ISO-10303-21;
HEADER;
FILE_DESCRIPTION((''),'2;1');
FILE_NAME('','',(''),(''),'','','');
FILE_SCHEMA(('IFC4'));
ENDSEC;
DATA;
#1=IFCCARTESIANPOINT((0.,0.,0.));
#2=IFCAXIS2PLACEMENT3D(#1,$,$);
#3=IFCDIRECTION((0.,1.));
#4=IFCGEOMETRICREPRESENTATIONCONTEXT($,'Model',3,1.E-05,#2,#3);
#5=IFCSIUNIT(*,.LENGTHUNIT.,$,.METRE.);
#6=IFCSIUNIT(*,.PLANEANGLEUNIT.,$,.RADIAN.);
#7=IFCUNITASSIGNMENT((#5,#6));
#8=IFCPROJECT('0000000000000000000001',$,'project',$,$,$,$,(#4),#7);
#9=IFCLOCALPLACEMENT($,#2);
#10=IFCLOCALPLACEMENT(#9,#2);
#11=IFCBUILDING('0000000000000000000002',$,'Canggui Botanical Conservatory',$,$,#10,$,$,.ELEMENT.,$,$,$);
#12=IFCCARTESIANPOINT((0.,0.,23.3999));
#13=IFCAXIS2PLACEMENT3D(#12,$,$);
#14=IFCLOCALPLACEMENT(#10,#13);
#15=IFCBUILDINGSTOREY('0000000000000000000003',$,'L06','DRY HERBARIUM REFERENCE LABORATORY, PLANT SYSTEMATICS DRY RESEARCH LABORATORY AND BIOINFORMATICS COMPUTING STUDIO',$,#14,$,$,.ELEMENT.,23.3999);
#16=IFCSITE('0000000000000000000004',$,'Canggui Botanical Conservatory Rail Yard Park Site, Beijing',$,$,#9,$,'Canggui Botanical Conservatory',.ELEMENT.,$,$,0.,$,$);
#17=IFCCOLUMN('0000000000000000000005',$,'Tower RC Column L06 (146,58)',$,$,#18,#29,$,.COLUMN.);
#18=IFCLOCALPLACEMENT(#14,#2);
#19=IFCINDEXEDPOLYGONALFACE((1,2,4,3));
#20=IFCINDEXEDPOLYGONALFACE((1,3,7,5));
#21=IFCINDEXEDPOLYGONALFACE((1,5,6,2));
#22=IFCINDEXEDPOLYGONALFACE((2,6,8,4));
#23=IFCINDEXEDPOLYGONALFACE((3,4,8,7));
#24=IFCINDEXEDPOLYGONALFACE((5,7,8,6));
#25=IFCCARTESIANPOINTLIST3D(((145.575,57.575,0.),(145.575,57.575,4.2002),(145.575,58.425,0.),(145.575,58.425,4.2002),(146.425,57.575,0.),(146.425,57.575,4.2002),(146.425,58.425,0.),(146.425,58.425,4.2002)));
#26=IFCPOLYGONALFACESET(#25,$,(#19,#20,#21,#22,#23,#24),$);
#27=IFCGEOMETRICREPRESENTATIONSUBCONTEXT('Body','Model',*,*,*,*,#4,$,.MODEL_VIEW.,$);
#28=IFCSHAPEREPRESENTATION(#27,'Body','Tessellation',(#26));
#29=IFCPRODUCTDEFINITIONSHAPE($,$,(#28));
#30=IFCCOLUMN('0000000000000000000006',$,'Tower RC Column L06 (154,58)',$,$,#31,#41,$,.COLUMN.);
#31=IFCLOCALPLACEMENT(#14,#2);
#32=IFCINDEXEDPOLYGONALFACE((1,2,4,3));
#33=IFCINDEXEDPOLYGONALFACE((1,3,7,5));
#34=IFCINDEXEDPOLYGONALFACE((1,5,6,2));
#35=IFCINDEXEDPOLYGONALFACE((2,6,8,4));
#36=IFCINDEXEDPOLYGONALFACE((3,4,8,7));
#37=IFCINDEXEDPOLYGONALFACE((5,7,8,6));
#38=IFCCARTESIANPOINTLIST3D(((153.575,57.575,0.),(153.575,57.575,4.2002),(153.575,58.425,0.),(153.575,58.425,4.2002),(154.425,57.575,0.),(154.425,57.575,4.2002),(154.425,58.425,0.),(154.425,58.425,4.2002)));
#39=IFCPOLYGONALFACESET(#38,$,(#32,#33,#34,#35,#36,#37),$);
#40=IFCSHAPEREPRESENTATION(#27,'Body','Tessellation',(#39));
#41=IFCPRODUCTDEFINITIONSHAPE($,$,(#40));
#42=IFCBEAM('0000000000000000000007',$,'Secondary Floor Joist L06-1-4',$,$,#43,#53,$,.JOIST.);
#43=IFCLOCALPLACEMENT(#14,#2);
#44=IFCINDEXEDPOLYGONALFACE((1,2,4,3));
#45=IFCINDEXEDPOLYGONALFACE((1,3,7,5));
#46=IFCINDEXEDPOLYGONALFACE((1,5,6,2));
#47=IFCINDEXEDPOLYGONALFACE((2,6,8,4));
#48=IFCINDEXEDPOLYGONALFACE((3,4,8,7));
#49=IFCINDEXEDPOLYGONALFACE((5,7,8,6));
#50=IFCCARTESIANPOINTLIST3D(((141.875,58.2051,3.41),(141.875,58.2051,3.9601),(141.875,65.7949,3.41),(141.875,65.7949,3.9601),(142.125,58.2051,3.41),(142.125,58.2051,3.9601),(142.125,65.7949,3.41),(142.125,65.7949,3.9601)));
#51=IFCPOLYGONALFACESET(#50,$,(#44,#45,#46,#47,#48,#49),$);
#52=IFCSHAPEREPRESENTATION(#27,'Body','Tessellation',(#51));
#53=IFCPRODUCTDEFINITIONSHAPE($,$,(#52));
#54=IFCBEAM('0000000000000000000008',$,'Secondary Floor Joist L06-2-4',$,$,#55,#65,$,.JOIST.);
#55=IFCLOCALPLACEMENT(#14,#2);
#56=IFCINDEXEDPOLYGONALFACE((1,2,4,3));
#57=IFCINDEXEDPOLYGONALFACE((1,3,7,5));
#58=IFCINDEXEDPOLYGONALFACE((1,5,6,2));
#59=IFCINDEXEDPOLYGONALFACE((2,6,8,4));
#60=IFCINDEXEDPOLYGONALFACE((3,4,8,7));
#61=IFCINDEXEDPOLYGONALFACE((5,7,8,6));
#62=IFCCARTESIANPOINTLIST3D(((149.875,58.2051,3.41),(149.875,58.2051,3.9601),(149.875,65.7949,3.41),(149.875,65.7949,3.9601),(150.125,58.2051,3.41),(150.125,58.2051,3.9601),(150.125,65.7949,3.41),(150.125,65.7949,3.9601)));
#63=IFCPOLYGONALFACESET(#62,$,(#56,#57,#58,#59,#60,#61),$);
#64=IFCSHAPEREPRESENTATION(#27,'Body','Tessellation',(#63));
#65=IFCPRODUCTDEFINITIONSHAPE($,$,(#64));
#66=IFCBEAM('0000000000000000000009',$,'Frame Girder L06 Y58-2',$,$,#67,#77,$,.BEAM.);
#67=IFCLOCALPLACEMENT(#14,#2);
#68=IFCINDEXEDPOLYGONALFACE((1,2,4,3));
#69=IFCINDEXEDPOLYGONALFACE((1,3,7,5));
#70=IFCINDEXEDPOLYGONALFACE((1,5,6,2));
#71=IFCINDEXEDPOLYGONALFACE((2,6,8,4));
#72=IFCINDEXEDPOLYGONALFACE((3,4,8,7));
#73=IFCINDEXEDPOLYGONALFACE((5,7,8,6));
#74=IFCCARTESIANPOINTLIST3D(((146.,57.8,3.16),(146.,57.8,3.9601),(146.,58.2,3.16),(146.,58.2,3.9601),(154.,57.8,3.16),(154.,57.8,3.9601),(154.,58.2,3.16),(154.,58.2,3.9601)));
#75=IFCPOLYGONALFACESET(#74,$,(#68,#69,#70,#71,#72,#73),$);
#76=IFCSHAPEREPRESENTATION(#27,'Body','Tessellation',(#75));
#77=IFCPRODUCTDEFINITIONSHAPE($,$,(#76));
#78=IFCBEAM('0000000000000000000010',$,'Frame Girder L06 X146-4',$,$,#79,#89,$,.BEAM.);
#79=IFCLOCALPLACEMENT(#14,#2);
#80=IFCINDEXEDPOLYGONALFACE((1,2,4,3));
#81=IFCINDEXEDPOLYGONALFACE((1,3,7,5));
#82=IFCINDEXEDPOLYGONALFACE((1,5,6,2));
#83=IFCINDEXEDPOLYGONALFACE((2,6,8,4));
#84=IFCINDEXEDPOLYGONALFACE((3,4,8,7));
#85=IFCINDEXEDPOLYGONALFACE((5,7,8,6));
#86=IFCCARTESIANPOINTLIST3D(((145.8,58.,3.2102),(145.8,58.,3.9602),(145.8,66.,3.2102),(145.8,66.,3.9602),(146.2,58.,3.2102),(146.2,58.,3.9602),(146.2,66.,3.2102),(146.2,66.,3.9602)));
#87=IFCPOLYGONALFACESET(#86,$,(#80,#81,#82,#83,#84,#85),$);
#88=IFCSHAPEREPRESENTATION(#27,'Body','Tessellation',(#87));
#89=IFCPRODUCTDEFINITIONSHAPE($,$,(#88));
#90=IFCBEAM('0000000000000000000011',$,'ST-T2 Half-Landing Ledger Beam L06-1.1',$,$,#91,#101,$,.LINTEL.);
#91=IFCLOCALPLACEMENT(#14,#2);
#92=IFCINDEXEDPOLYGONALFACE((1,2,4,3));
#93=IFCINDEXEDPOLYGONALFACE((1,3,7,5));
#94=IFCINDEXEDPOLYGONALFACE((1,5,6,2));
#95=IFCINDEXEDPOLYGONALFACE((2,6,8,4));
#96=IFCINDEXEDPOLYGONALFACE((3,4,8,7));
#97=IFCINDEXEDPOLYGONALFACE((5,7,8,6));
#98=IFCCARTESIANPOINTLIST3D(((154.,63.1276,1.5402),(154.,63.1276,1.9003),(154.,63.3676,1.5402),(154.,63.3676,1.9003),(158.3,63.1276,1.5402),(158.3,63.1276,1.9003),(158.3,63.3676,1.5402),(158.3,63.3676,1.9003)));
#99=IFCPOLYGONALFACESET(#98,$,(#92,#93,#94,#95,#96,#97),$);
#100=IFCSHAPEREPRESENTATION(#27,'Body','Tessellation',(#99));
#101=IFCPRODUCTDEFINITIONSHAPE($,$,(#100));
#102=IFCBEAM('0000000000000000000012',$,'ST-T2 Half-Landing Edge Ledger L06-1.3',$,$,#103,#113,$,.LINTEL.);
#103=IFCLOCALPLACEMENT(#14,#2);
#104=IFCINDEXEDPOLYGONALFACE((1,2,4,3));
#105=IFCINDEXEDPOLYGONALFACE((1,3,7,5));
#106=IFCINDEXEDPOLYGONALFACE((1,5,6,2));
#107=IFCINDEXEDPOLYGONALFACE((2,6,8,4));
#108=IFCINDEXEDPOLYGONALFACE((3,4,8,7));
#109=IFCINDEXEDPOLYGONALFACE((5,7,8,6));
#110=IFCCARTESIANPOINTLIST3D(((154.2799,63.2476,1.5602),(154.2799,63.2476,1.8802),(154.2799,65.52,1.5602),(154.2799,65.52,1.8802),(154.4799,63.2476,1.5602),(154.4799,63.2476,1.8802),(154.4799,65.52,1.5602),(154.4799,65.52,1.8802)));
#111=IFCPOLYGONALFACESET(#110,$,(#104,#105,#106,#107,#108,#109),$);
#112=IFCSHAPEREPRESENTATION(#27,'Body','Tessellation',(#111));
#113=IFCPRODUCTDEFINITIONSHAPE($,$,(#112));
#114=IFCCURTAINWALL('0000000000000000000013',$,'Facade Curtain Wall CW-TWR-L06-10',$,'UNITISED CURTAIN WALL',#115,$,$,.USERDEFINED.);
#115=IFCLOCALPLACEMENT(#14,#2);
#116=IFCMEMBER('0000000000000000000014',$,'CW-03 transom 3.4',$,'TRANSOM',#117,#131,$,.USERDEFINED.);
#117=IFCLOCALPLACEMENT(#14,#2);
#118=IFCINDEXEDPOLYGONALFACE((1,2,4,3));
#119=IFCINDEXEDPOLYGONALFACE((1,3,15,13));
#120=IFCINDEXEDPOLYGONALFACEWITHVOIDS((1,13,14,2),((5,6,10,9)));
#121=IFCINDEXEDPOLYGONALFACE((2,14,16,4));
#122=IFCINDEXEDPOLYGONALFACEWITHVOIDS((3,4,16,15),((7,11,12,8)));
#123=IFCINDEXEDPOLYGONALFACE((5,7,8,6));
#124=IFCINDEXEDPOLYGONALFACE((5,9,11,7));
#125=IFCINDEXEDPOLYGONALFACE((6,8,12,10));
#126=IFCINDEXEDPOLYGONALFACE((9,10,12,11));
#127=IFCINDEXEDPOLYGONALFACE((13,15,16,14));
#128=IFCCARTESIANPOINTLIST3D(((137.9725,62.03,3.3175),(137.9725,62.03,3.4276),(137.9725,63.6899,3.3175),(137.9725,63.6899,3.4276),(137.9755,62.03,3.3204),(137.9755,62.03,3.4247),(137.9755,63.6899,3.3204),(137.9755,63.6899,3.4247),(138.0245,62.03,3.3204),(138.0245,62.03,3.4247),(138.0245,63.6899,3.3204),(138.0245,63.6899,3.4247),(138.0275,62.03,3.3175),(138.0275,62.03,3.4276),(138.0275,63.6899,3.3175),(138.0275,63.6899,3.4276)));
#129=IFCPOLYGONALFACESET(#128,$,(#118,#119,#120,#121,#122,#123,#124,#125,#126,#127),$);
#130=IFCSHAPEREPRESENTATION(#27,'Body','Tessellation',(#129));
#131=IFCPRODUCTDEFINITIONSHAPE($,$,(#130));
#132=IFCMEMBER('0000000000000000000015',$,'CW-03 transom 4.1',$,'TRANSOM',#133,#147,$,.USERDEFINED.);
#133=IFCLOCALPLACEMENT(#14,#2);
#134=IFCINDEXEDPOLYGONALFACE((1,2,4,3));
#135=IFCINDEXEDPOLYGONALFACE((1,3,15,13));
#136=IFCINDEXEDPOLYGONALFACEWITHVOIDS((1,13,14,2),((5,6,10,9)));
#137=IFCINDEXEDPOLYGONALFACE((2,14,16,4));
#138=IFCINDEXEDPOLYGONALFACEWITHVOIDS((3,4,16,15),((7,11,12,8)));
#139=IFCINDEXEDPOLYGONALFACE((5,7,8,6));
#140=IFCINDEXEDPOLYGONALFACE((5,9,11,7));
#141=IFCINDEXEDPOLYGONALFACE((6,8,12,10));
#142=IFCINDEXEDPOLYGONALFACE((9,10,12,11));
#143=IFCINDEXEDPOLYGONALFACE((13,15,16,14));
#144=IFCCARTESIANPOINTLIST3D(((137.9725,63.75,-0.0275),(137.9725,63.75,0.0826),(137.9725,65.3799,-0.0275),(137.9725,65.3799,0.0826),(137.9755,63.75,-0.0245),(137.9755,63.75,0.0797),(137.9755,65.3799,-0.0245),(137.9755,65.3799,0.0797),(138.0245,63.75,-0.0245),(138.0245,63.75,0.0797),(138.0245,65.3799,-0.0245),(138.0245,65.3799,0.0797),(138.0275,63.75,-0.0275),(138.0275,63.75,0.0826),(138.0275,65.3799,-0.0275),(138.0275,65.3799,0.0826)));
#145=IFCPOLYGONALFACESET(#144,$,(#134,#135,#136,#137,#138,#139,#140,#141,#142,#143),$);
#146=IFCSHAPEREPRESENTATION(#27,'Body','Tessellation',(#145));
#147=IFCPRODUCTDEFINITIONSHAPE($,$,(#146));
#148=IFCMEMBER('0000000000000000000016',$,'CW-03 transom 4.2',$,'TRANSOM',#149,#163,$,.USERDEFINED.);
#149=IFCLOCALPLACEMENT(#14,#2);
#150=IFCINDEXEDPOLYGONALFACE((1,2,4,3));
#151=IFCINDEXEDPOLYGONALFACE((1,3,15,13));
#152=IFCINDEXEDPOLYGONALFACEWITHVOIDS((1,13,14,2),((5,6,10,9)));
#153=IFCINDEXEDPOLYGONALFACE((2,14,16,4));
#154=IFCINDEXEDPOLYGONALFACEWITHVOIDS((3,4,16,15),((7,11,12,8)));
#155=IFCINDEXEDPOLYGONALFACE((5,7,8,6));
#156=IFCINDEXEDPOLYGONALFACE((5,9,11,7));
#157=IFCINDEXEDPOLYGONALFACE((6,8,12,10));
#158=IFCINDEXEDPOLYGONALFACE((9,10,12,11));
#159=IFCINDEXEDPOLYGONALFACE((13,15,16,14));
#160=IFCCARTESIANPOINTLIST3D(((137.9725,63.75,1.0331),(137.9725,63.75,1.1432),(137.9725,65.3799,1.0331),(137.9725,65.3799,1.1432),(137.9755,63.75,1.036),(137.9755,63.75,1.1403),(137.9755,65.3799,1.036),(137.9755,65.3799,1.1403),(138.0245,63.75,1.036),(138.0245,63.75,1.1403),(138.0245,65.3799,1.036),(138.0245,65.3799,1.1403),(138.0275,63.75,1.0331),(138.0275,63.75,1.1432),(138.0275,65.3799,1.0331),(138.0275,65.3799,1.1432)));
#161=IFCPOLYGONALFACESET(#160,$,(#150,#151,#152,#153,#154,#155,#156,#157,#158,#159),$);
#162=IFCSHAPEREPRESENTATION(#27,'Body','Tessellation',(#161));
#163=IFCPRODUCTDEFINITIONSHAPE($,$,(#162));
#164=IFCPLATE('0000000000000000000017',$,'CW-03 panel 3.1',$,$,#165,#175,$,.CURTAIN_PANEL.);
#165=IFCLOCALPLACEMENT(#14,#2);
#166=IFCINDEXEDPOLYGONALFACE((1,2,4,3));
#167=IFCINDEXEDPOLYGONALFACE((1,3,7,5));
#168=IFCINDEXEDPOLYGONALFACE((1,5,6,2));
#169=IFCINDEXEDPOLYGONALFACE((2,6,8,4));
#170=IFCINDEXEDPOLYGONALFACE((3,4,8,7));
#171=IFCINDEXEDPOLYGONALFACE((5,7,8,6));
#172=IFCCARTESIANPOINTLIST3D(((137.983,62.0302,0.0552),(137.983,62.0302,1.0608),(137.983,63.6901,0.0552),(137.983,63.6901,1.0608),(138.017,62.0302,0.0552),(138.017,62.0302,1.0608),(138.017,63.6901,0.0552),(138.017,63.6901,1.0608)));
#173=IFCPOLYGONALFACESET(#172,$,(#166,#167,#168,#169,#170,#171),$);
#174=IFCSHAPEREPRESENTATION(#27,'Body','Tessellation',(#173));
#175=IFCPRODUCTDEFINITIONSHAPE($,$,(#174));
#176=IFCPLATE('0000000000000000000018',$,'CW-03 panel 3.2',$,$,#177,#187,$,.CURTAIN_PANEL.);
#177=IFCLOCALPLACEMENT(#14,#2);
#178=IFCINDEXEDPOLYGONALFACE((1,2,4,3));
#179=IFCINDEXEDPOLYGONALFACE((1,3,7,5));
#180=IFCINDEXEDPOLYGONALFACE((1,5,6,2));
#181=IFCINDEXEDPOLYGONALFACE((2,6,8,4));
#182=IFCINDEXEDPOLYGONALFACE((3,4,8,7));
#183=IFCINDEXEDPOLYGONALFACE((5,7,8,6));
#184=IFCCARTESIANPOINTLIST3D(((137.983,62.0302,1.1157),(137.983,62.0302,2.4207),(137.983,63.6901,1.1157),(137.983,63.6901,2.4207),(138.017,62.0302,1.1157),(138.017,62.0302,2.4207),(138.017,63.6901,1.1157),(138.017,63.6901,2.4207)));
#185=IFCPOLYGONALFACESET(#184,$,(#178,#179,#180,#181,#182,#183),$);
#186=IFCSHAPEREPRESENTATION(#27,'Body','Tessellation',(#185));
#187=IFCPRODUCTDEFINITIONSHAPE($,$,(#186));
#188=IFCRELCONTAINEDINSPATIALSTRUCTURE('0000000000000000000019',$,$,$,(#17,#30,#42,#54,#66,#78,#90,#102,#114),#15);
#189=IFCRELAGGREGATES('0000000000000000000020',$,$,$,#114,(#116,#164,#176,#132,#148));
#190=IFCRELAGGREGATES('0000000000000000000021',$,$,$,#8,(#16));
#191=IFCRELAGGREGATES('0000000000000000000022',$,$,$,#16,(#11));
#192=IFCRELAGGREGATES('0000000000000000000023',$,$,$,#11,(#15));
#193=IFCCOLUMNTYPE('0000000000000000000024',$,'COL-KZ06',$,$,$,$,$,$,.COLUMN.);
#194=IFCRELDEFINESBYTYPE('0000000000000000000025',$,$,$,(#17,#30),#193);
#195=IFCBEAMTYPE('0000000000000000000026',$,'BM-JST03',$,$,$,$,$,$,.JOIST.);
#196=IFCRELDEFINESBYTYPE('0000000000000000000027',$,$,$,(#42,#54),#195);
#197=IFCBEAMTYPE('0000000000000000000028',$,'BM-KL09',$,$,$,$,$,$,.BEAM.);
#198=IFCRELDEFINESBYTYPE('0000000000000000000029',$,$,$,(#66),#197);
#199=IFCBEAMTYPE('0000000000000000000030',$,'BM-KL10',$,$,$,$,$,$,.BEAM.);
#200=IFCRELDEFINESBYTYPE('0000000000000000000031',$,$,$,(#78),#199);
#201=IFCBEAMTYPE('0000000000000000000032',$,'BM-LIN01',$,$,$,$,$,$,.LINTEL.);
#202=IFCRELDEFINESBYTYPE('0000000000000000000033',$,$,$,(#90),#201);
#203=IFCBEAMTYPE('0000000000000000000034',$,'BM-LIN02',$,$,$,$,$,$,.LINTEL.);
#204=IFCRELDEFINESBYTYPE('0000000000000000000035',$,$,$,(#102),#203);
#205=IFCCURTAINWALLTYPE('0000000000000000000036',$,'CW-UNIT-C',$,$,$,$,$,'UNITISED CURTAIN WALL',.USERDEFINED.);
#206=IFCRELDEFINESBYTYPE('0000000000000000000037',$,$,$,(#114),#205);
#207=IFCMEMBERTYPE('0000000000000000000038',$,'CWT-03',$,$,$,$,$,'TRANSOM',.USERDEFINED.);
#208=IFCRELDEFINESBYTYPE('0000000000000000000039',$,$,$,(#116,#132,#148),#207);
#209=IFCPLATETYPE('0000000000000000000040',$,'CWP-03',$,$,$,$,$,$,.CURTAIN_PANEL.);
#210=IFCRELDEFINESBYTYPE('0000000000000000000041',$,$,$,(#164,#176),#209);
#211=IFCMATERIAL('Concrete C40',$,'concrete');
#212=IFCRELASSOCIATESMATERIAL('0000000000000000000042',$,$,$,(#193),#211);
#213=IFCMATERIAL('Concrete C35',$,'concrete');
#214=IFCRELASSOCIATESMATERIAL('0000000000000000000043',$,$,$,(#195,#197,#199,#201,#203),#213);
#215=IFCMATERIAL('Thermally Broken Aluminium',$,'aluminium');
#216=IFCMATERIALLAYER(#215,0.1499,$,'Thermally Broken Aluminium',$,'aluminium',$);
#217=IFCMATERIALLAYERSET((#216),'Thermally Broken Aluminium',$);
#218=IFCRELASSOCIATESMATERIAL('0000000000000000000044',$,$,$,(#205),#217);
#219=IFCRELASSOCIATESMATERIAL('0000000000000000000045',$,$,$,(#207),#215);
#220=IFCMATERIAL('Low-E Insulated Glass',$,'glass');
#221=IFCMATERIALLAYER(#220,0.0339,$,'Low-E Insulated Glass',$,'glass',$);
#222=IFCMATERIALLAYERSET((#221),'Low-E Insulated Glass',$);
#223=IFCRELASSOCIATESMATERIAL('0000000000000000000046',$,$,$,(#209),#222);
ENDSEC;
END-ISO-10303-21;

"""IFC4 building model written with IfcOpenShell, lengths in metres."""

from ifc_helpers import new_model, si_unit, direction, frame, origin, origin_2d, place, context, subcontext, project, spatial, rectangle, hollow_rectangle, extrude, material, layer, layer_set, material_profile, profile_set, type_object, element, aggregate, save


model = new_model("IFC4")

# Units and contexts
model_context = context("Model", 3, precision=1e-05, world=origin(), true_north=direction((0.0, 1.0)))
body_context = subcontext(model_context, "Body", "Model", "MODEL_VIEW")
ifc_project = project(units=[si_unit("LENGTHUNIT", "METRE"), si_unit("PLANEANGLEUNIT", "RADIAN")], contexts=[model_context])

# Site, building, storey
site_placement = place(None, origin())
site = spatial("IfcSite", under=ifc_project, at=site_placement, Name="Canggui Botanical Conservatory Rail Yard Park Site, Beijing", LongName="Canggui Botanical Conservatory", CompositionType="ELEMENT", RefElevation=0.0)
building_placement = place(site_placement, origin())
building = spatial("IfcBuilding", under=site, at=building_placement, Name="Canggui Botanical Conservatory", CompositionType="ELEMENT")
storey_placement = place(building_placement, frame((0.0, 0.0, 23.3999)))
storey = spatial("IfcBuildingStorey", under=building, at=storey_placement, Name="L06", Description="DRY HERBARIUM REFERENCE LABORATORY, PLANT SYSTEMATICS DRY RESEARCH LABORATORY AND BIOINFORMATICS COMPUTING STUDIO", CompositionType="ELEMENT", Elevation=23.3999)

# Columns
ifc_material_1 = material(Name="Concrete C40", Category="concrete")
ifc_material_profile_1 = material_profile(ifc_material_1, rectangle(XDim=0.8501, YDim=0.8501, at=origin_2d()), Name="RC 850x850")
ifc_profile_set_1 = profile_set([ifc_material_profile_1], Name="Concrete C40")
column_type = type_object("IfcColumnType", Name="COL-KZ06", PredefinedType="COLUMN", material=ifc_profile_set_1)
for number, where, z_axis, x_axis, name in (
    (1, (146.0, 58.0, 0.0), (0.0, 0.0, 1.0), (1.0, 0.0, 0.0), "Tower RC Column L06 (146,58)"),
    (2, (154.0, 58.0, 0.0), (0.0, 0.0, 1.0), (1.0, 0.0, 0.0), "Tower RC Column L06 (154,58)"),
):
    element("IfcColumn", number, at=place(storey_placement, frame(where, z_axis=z_axis, x_axis=x_axis)), inside=storey, type_object=column_type, Name=name, PredefinedType="COLUMN", context=body_context, shape_type="SweptSolid", body=[
        extrude(rectangle(XDim=0.8501, YDim=0.8501, at=origin_2d()), origin(), (0.0, 0.0, 1.0), 4.2002),
    ])

# Beams
ifc_material_2 = material(Name="Concrete C35", Category="concrete")
ifc_material_profile_2 = material_profile(ifc_material_2, rectangle(XDim=0.25, YDim=0.55, at=origin_2d()), Name="RB 250x550")
ifc_profile_set_2 = profile_set([ifc_material_profile_2], Name="Concrete C35")
beam_type_1 = type_object("IfcBeamType", Name="BM-JST03", PredefinedType="JOIST", material=ifc_profile_set_2)
for number, where, z_axis, x_axis, name in (
    (3, (142.0, 58.2051, 3.6851), (0.0, 1.0, 0.0), (-1.0, 0.0, 0.0), "Secondary Floor Joist L06-1-4"),
    (4, (150.0, 58.2051, 3.6851), (0.0, 1.0, 0.0), (-1.0, 0.0, 0.0), "Secondary Floor Joist L06-2-4"),
):
    element("IfcBeam", number, at=place(storey_placement, frame(where, z_axis=z_axis, x_axis=x_axis)), inside=storey, type_object=beam_type_1, Name=name, PredefinedType="JOIST", context=body_context, shape_type="SweptSolid", body=[
        extrude(rectangle(XDim=0.25, YDim=0.55, at=origin_2d()), origin(), (0.0, 0.0, 1.0), 7.5898),
    ])
ifc_material_profile_3 = material_profile(ifc_material_2, rectangle(XDim=0.3999, YDim=0.8, at=origin_2d()), Name="RB 400x800")
ifc_profile_set_3 = profile_set([ifc_material_profile_3], Name="Concrete C35")
beam_type_2 = type_object("IfcBeamType", Name="BM-KL09", PredefinedType="BEAM", material=ifc_profile_set_3)
beam_1_placement = place(storey_placement, frame((146.0, 58.0, 3.5601), z_axis=(1.0, 0.0, 0.0), x_axis=(0.0, 1.0, 0.0)))
element("IfcBeam", 5, at=beam_1_placement, inside=storey, type_object=beam_type_2, Name="Frame Girder L06 Y58-2", PredefinedType="BEAM", context=body_context, shape_type="SweptSolid", body=[
    extrude(rectangle(XDim=0.3999, YDim=0.8, at=origin_2d()), origin(), (0.0, 0.0, 1.0), 8.0),
])
ifc_material_profile_4 = material_profile(ifc_material_2, rectangle(XDim=0.3999, YDim=0.75, at=origin_2d()), Name="RB 400x750")
ifc_profile_set_4 = profile_set([ifc_material_profile_4], Name="Concrete C35")
beam_type_3 = type_object("IfcBeamType", Name="BM-KL10", PredefinedType="BEAM", material=ifc_profile_set_4)
beam_2_placement = place(storey_placement, frame((146.0, 58.0, 3.5852), z_axis=(0.0, 1.0, 0.0), x_axis=(-1.0, 0.0, 0.0)))
element("IfcBeam", 6, at=beam_2_placement, inside=storey, type_object=beam_type_3, Name="Frame Girder L06 X146-4", PredefinedType="BEAM", context=body_context, shape_type="SweptSolid", body=[
    extrude(rectangle(XDim=0.3999, YDim=0.75, at=origin_2d()), origin(), (0.0, 0.0, 1.0), 8.0),
])
ifc_material_profile_5 = material_profile(ifc_material_2, rectangle(XDim=0.24, YDim=0.3601, at=origin_2d()), Name="RB 240x360")
ifc_profile_set_5 = profile_set([ifc_material_profile_5], Name="Concrete C35")
beam_type_4 = type_object("IfcBeamType", Name="BM-LIN01", PredefinedType="LINTEL", material=ifc_profile_set_5)
beam_3_placement = place(storey_placement, frame((154.0, 63.2476, 1.7202), z_axis=(1.0, 0.0, 0.0), x_axis=(0.0, 1.0, 0.0)))
element("IfcBeam", 7, at=beam_3_placement, inside=storey, type_object=beam_type_4, Name="ST-T2 Half-Landing Ledger Beam L06-1.1", PredefinedType="LINTEL", context=body_context, shape_type="SweptSolid", body=[
    extrude(rectangle(XDim=0.24, YDim=0.3601, at=origin_2d()), origin(), (0.0, 0.0, 1.0), 4.3),
])
ifc_material_profile_6 = material_profile(ifc_material_2, rectangle(XDim=0.2, YDim=0.3201, at=origin_2d()), Name="RB 200x320")
ifc_profile_set_6 = profile_set([ifc_material_profile_6], Name="Concrete C35")
beam_type_5 = type_object("IfcBeamType", Name="BM-LIN02", PredefinedType="LINTEL", material=ifc_profile_set_6)
beam_4_placement = place(storey_placement, frame((154.3799, 63.2476, 1.7202), z_axis=(0.0, 1.0, 0.0), x_axis=(-1.0, 0.0, 0.0)))
element("IfcBeam", 8, at=beam_4_placement, inside=storey, type_object=beam_type_5, Name="ST-T2 Half-Landing Edge Ledger L06-1.3", PredefinedType="LINTEL", context=body_context, shape_type="SweptSolid", body=[
    extrude(rectangle(XDim=0.2, YDim=0.3201, at=origin_2d()), origin(), (0.0, 0.0, 1.0), 2.2725),
])

# Curtain wall, members, plates
ifc_material_3 = material(Name="Thermally Broken Aluminium", Category="aluminium")
ifc_layer_1 = layer(ifc_material_3, 0.1499, Name="Thermally Broken Aluminium", Category="aluminium")
ifc_layer_set_1 = layer_set([ifc_layer_1], Name="Thermally Broken Aluminium")
curtain_wall_type = type_object("IfcCurtainWallType", Name="CW-UNIT-C", ElementType="UNITISED CURTAIN WALL", PredefinedType="USERDEFINED", material=ifc_layer_set_1)
curtain_wall_placement = place(storey_placement, origin())
curtain_wall = element("IfcCurtainWall", 9, at=curtain_wall_placement, inside=storey, type_object=curtain_wall_type, Name="Facade Curtain Wall CW-TWR-L06-10", ObjectType="UNITISED CURTAIN WALL", PredefinedType="USERDEFINED")
ifc_material_profile_7 = material_profile(ifc_material_3, hollow_rectangle(XDim=0.0549, YDim=0.1101, WallThickness=0.0029, at=origin_2d()), Name="CWT 55x110x3")
ifc_profile_set_7 = profile_set([ifc_material_profile_7], Name="Thermally Broken Aluminium")
member_type = type_object("IfcMemberType", Name="CWT-03", ElementType="TRANSOM", PredefinedType="USERDEFINED", material=ifc_profile_set_7)
member_1_placement = place(storey_placement, frame((138.0, 62.03, 3.3726), z_axis=(0.0, 1.0, 0.0), x_axis=(-1.0, 0.0, 0.0)))
member_1 = element("IfcMember", 10, at=member_1_placement, type_object=member_type, Name="CW-03 transom 3.4", ObjectType="TRANSOM", PredefinedType="USERDEFINED", context=body_context, shape_type="SweptSolid", body=[
    extrude(hollow_rectangle(XDim=0.0549, YDim=0.1101, WallThickness=0.0029, at=origin_2d()), origin(), (0.0, 0.0, 1.0), 1.6599),
])
member_2_placement = place(storey_placement, frame((138.0, 63.75, 0.0276), z_axis=(0.0, 1.0, 0.0), x_axis=(-1.0, 0.0, 0.0)))
member_2 = element("IfcMember", 11, at=member_2_placement, type_object=member_type, Name="CW-03 transom 4.1", ObjectType="TRANSOM", PredefinedType="USERDEFINED", context=body_context, shape_type="SweptSolid", body=[
    extrude(hollow_rectangle(XDim=0.0549, YDim=0.1101, WallThickness=0.0029, at=origin_2d()), origin(), (0.0, 0.0, 1.0), 1.6299),
])
member_3_placement = place(storey_placement, frame((138.0, 63.75, 1.0881), z_axis=(0.0, 1.0, 0.0), x_axis=(-1.0, 0.0, 0.0)))
member_3 = element("IfcMember", 12, at=member_3_placement, type_object=member_type, Name="CW-03 transom 4.2", ObjectType="TRANSOM", PredefinedType="USERDEFINED", context=body_context, shape_type="SweptSolid", body=[
    extrude(hollow_rectangle(XDim=0.0549, YDim=0.1101, WallThickness=0.0029, at=origin_2d()), origin(), (0.0, 0.0, 1.0), 1.6299),
])
ifc_material_4 = material(Name="Low-E Insulated Glass", Category="glass")
ifc_layer_2 = layer(ifc_material_4, 0.0339, Name="Low-E Insulated Glass", Category="glass")
ifc_layer_set_2 = layer_set([ifc_layer_2], Name="Low-E Insulated Glass")
plate_type = type_object("IfcPlateType", Name="CWP-03", PredefinedType="CURTAIN_PANEL", material=ifc_layer_set_2)
plate_1_placement = place(storey_placement, frame((138.0, 62.8601, 0.0552), z_axis=(0.0, 0.0, 1.0), x_axis=(0.0, 1.0, 0.0)))
plate_1 = element("IfcPlate", 13, at=plate_1_placement, type_object=plate_type, Name="CW-03 panel 3.1", PredefinedType="CURTAIN_PANEL", context=body_context, shape_type="SweptSolid", body=[
    extrude(rectangle(XDim=1.6599, YDim=0.0339, at=origin_2d()), origin(), (0.0, 0.0, 1.0), 1.0056),
])
plate_2_placement = place(storey_placement, frame((138.0, 62.8601, 1.1157), z_axis=(0.0, 0.0, 1.0), x_axis=(0.0, 1.0, 0.0)))
plate_2 = element("IfcPlate", 14, at=plate_2_placement, type_object=plate_type, Name="CW-03 panel 3.2", PredefinedType="CURTAIN_PANEL", context=body_context, shape_type="SweptSolid", body=[
    extrude(rectangle(XDim=1.6599, YDim=0.0339, at=origin_2d()), origin(), (0.0, 0.0, 1.0), 1.3049),
])
aggregate(curtain_wall, [member_1, plate_1, plate_2, member_2, member_3])

save(model, "model.ifc")
